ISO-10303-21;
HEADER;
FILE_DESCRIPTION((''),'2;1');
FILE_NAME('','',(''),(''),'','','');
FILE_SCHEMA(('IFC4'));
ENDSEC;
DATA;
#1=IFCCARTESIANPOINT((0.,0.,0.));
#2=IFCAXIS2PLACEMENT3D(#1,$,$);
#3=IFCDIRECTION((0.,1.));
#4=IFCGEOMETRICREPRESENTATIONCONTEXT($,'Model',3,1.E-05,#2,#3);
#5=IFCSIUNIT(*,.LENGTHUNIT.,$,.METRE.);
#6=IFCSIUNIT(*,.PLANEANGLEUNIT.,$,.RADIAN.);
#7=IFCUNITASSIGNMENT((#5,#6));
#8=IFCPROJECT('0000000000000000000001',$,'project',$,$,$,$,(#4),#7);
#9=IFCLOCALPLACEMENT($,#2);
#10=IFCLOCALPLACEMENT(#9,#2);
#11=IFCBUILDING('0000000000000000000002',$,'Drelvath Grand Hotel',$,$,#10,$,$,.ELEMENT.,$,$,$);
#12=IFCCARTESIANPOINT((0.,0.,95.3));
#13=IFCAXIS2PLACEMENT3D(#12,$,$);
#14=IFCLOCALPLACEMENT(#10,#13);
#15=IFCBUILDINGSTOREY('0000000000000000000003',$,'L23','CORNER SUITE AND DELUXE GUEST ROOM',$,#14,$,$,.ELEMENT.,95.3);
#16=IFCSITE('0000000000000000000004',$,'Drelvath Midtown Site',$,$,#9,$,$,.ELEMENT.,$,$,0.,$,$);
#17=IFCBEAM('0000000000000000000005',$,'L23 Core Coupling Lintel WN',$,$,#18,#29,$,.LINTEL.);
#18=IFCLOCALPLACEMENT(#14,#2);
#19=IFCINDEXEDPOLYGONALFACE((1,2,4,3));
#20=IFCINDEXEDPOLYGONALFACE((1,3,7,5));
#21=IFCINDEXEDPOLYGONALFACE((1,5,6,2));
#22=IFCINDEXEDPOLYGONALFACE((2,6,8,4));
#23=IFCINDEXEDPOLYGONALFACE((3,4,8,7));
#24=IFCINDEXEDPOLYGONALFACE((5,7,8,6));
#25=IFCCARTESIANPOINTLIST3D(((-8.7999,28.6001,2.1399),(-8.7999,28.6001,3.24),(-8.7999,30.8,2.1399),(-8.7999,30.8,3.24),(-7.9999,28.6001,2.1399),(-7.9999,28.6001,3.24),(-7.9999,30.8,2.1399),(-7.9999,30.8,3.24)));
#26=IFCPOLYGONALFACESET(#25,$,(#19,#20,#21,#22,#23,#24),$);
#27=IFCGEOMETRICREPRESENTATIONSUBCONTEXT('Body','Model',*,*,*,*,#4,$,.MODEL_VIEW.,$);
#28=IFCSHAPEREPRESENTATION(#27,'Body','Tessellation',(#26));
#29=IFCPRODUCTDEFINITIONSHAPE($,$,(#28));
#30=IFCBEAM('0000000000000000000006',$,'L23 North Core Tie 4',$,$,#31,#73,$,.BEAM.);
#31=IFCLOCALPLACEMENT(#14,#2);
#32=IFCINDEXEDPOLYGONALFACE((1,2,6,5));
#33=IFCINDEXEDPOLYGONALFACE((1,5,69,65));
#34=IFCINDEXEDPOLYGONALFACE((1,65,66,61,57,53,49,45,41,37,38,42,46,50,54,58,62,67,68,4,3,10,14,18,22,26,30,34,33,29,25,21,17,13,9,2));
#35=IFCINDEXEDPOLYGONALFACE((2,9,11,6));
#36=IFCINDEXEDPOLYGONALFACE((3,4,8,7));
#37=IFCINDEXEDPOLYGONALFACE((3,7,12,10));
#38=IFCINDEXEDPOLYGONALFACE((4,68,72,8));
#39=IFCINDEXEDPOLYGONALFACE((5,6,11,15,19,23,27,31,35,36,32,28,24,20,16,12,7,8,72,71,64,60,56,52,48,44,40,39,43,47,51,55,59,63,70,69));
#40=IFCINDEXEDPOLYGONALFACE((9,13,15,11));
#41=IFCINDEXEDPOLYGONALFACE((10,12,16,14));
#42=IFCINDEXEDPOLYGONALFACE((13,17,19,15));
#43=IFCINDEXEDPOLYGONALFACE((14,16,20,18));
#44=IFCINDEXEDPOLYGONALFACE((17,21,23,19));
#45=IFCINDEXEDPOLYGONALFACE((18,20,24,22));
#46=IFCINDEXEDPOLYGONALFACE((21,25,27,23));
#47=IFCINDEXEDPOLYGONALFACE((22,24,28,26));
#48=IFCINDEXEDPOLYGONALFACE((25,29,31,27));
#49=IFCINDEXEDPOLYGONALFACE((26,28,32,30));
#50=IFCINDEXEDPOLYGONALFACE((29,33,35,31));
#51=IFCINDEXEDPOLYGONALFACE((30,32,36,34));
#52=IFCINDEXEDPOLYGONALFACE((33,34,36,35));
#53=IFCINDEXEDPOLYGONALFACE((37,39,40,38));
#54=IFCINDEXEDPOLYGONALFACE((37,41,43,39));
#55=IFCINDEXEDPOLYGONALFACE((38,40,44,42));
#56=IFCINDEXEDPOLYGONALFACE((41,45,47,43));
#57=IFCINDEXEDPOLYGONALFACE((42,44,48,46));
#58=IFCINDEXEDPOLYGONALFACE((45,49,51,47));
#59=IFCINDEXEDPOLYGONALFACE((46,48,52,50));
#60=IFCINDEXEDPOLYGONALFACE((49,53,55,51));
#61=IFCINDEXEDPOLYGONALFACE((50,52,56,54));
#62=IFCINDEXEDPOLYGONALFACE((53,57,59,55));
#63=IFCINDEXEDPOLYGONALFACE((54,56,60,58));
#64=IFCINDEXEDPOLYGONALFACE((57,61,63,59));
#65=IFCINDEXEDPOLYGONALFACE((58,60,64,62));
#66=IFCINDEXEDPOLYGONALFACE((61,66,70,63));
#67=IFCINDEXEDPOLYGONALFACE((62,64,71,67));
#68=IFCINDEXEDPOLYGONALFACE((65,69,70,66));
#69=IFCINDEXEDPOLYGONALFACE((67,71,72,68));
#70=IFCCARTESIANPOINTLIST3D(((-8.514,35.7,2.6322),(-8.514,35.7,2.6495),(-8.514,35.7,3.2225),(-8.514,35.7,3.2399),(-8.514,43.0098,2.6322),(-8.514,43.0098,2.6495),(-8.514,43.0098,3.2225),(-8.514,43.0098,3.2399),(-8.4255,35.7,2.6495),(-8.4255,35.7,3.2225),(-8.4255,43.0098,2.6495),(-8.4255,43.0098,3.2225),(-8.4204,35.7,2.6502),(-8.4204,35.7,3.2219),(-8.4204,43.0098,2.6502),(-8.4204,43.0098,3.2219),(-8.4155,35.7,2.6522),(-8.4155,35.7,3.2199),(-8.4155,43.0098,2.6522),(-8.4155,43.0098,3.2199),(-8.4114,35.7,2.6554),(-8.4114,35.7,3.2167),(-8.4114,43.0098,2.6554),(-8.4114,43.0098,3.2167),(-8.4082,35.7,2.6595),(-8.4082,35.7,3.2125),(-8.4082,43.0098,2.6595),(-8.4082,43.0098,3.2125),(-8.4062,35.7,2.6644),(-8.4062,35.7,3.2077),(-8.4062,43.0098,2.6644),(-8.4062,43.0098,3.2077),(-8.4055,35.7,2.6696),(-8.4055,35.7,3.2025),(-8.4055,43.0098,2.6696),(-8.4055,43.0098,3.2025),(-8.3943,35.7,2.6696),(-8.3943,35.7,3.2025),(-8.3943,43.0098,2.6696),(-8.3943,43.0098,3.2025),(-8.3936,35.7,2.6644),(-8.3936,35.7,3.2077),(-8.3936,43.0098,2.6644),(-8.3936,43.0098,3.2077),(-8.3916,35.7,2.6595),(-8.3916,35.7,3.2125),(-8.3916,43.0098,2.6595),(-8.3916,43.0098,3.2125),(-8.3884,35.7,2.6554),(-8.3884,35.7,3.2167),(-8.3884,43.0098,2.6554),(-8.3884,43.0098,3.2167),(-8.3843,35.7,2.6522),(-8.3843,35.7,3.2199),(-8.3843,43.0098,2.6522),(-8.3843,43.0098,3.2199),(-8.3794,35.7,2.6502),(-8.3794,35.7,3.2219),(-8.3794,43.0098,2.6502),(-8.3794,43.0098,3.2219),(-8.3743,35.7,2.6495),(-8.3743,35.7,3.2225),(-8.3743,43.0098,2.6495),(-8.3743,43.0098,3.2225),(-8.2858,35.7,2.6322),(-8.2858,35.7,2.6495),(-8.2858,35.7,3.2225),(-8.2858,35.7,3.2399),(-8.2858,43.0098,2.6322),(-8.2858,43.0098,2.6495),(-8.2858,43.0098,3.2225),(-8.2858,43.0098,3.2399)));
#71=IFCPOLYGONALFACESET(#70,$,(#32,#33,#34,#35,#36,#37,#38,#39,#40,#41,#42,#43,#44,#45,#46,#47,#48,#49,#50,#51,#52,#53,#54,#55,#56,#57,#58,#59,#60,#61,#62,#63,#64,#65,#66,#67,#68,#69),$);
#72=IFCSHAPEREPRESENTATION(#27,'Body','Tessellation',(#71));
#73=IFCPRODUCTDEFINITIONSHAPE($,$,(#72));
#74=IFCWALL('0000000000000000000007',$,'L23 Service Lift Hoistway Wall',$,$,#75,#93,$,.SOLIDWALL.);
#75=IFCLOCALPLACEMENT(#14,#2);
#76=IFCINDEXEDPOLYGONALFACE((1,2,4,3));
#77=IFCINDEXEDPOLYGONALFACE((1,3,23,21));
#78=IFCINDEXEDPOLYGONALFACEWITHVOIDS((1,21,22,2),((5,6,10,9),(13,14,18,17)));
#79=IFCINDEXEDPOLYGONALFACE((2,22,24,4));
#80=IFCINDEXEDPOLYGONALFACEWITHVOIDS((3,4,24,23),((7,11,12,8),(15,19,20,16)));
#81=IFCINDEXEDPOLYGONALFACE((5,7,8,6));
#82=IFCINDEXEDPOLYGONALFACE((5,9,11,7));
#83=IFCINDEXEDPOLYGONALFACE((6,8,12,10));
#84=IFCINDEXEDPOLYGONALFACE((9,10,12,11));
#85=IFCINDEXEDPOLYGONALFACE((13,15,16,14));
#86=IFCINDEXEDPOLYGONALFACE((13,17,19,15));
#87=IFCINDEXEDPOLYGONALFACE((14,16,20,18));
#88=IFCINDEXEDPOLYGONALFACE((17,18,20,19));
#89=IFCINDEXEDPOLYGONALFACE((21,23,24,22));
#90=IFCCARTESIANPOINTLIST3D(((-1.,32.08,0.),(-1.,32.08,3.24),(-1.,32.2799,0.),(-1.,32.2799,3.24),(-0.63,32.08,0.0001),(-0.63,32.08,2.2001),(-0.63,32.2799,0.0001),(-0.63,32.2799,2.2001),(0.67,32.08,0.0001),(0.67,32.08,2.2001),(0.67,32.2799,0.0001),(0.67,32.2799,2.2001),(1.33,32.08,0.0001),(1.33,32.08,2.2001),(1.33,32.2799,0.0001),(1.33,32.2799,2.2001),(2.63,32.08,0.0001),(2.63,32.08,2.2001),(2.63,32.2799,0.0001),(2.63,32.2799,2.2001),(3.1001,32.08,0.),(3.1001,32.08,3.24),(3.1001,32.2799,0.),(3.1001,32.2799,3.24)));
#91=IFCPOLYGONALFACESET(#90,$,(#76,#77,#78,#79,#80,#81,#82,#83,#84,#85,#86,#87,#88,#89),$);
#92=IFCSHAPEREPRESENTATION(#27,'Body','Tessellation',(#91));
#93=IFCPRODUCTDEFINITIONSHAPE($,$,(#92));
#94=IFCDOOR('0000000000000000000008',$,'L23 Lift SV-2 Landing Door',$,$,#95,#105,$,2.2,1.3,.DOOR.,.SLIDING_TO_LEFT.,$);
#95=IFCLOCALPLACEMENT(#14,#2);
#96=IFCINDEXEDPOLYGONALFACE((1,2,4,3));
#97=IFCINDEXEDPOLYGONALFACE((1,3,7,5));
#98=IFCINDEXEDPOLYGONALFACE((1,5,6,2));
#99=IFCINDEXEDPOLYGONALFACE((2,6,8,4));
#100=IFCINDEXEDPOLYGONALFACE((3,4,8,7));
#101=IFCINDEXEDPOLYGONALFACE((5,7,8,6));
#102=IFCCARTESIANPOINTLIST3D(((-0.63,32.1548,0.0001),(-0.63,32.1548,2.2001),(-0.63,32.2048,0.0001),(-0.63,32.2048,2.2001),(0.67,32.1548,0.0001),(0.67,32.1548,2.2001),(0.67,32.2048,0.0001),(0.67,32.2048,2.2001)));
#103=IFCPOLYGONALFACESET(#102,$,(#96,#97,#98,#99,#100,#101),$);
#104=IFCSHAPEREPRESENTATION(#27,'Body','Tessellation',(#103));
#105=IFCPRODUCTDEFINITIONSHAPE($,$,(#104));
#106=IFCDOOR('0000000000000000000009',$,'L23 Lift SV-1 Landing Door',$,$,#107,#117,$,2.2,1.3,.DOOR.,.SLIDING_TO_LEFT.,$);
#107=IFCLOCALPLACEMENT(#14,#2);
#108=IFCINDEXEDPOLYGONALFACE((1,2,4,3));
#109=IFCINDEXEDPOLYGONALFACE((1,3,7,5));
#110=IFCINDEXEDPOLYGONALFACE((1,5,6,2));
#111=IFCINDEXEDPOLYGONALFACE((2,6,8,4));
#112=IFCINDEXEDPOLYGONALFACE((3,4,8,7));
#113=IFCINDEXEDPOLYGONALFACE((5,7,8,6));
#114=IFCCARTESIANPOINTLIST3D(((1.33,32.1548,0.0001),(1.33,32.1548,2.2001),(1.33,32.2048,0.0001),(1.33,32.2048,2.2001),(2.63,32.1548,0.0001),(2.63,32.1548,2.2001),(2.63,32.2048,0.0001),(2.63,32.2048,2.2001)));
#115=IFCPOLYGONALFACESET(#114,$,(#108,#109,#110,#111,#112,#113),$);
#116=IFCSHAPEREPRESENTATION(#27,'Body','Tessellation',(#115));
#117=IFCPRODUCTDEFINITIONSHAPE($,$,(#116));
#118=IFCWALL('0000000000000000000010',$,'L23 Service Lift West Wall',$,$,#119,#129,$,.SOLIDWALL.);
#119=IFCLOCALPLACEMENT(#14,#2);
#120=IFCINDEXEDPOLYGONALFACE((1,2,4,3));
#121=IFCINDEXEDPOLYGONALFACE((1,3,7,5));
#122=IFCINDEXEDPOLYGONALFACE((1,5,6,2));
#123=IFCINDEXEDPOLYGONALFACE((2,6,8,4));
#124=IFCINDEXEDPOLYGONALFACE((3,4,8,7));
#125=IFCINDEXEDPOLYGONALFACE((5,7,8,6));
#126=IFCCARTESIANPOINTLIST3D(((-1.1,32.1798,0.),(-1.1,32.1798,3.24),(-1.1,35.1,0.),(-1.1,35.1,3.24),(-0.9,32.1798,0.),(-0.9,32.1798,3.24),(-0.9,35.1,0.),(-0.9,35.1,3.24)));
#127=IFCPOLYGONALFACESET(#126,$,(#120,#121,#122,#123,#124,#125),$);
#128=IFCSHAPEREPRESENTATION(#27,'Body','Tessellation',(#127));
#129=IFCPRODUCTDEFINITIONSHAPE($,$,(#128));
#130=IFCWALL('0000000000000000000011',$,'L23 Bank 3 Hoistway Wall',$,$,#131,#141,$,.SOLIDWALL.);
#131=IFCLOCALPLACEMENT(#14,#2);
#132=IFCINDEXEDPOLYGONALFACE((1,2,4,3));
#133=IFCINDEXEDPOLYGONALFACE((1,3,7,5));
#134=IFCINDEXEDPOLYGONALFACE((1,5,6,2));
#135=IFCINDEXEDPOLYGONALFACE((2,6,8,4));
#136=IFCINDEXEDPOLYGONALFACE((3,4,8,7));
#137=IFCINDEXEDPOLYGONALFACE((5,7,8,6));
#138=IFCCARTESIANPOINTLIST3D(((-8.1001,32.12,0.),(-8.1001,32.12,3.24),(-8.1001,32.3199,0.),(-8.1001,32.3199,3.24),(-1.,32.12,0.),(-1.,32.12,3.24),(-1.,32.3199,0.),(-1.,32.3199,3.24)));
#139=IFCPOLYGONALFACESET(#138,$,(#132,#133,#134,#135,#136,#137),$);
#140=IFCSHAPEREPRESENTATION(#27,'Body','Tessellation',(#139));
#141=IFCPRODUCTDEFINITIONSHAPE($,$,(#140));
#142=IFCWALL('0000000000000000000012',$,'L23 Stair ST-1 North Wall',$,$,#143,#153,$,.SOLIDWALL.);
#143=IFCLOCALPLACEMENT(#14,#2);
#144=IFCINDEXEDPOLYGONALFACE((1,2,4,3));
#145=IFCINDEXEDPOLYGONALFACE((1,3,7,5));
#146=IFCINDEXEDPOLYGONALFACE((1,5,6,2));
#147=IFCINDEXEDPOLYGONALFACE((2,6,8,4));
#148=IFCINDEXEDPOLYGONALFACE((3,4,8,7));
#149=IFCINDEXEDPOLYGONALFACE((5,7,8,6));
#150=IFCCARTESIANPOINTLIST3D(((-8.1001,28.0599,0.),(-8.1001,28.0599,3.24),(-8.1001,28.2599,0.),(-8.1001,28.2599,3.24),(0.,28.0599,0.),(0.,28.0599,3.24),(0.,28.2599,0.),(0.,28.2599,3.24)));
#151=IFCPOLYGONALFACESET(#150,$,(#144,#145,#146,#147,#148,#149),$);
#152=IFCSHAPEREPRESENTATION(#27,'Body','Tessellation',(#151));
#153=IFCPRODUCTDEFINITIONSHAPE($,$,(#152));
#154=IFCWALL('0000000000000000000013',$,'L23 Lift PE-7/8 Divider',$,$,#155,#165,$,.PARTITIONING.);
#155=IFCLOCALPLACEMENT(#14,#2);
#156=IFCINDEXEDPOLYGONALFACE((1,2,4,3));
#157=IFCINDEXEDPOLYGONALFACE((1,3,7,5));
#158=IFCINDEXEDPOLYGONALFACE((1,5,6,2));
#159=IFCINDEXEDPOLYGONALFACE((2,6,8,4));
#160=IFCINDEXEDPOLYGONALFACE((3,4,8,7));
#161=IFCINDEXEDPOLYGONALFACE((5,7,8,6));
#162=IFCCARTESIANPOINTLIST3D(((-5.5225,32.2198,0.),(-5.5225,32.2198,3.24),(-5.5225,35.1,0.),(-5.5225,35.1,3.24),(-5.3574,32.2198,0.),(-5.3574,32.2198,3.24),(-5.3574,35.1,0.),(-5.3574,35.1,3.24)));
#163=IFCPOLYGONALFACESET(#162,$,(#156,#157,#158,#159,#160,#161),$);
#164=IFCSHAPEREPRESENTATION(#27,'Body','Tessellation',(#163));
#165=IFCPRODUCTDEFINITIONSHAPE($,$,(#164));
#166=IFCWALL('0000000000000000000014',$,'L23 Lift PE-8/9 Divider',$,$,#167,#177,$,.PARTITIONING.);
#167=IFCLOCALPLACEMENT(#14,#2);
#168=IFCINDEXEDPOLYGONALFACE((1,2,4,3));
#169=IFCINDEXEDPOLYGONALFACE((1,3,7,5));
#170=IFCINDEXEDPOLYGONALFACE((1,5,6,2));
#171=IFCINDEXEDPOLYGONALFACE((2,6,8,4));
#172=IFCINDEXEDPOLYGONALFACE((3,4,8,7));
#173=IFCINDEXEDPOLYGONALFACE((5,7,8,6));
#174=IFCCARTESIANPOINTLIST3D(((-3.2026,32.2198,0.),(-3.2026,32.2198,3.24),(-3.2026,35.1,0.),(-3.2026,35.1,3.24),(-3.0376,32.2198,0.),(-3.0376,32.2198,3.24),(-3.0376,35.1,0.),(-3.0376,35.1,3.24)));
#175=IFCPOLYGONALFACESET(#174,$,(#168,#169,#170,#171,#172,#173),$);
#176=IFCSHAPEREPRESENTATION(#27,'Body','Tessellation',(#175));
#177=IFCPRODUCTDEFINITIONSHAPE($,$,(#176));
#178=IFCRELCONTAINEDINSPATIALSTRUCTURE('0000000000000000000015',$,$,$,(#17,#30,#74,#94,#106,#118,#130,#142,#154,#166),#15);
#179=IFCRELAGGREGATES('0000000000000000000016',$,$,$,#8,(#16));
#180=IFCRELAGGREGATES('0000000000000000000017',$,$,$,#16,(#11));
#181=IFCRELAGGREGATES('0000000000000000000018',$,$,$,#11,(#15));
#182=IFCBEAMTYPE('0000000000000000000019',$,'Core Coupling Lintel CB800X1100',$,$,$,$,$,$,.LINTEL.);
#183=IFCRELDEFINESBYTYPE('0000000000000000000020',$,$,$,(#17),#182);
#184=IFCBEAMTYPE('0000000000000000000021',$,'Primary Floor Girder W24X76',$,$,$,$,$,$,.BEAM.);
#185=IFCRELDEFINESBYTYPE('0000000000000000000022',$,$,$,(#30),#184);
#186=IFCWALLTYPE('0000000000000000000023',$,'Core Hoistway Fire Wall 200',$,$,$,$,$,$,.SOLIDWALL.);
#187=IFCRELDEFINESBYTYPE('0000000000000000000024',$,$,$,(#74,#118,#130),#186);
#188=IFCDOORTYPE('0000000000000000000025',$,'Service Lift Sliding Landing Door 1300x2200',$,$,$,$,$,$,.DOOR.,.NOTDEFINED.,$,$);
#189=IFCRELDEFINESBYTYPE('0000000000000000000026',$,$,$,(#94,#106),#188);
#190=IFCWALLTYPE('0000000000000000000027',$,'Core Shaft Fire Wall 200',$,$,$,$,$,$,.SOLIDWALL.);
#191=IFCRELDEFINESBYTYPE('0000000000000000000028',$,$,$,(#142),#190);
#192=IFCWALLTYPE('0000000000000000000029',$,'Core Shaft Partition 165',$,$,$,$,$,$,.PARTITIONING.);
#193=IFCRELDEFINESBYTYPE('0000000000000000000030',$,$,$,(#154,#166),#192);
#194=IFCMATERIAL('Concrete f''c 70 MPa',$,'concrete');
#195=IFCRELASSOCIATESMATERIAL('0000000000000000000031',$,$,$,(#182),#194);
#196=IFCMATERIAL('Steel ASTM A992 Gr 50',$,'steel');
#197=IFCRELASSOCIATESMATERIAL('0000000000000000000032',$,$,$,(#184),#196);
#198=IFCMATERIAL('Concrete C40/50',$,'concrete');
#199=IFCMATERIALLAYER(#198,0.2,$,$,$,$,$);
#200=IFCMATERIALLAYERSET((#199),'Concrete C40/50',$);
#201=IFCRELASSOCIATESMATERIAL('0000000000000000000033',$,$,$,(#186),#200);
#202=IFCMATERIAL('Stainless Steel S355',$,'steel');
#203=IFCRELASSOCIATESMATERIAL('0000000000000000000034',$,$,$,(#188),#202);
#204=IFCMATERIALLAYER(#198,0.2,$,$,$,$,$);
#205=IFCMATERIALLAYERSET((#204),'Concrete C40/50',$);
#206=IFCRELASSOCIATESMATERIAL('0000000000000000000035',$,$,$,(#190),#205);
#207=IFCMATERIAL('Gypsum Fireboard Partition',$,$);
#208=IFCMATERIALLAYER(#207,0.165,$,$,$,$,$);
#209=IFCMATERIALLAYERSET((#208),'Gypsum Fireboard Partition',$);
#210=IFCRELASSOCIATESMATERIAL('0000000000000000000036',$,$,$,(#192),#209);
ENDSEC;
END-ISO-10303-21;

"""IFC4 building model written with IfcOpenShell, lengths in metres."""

from ifc_helpers import new_model, si_unit, direction, frame, frame_2d, origin, origin_2d, place, context, subcontext, project, spatial, rectangle, i_section, extrude, material, layer, layer_set, material_profile, profile_set, type_object, element, fill, save


model = new_model("IFC4")

# Units and contexts
model_context = context("Model", 3, precision=1e-05, world=origin(), true_north=direction((0.0, 1.0)))
body_context = subcontext(model_context, "Body", "Model", "MODEL_VIEW")
ifc_project = project(units=[si_unit("LENGTHUNIT", "METRE"), si_unit("PLANEANGLEUNIT", "RADIAN")], contexts=[model_context])

# Site, building, storey
site_placement = place(None, origin())
site = spatial("IfcSite", under=ifc_project, at=site_placement, Name="Drelvath Midtown Site", CompositionType="ELEMENT", RefElevation=0.0)
building_placement = place(site_placement, origin())
building = spatial("IfcBuilding", under=site, at=building_placement, Name="Drelvath Grand Hotel", CompositionType="ELEMENT")
storey_placement = place(building_placement, frame((0.0, 0.0, 95.3)))
storey = spatial("IfcBuildingStorey", under=building, at=storey_placement, Name="L23", Description="CORNER SUITE AND DELUXE GUEST ROOM", CompositionType="ELEMENT", Elevation=95.3)

# Beams
ifc_material_1 = material(Name="Concrete f'c 70 MPa", Category="concrete")
ifc_material_profile_1 = material_profile(ifc_material_1, rectangle(XDim=0.8, YDim=1.1001, at=origin_2d()), Name="CB800X1100")
ifc_profile_set_1 = profile_set([ifc_material_profile_1], Name="Concrete f'c 70 MPa")
beam_type_1 = type_object("IfcBeamType", Name="Core Coupling Lintel CB800X1100", PredefinedType="LINTEL", material=ifc_profile_set_1)
beam_1_placement = place(storey_placement, frame((-8.3999, 28.6001, 2.6899), z_axis=(0.0, 1.0, 0.0), x_axis=(-1.0, 0.0, 0.0)))
element("IfcBeam", 1, at=beam_1_placement, inside=storey, type_object=beam_type_1, Name="L23 Core Coupling Lintel WN", PredefinedType="LINTEL", context=body_context, shape_type="SweptSolid", body=[
    extrude(rectangle(XDim=0.8, YDim=1.1001, at=origin_2d()), origin(), (0.0, 0.0, 1.0), 2.2),
])
ifc_material_2 = material(Name="Steel ASTM A992 Gr 50", Category="steel")
ifc_material_profile_2 = material_profile(ifc_material_2, i_section(OverallWidth=0.2283, OverallDepth=0.6077, WebThickness=0.0112, FlangeThickness=0.0173, FilletRadius=0.02, at=origin_2d()), Name="W24X76")
ifc_profile_set_2 = profile_set([ifc_material_profile_2], Name="Steel ASTM A992 Gr 50")
beam_type_2 = type_object("IfcBeamType", Name="Primary Floor Girder W24X76", PredefinedType="BEAM", material=ifc_profile_set_2)
beam_2_placement = place(storey_placement, frame((-8.3999, 35.7, 2.936), z_axis=(0.0, 1.0, 0.0), x_axis=(-1.0, 0.0, 0.0)))
element("IfcBeam", 2, at=beam_2_placement, inside=storey, type_object=beam_type_2, Name="L23 North Core Tie 4", PredefinedType="BEAM", context=body_context, shape_type="SweptSolid", body=[
    extrude(i_section(OverallWidth=0.2283, OverallDepth=0.6077, WebThickness=0.0112, FlangeThickness=0.0173, FilletRadius=0.02, at=origin_2d()), origin(), (0.0, 0.0, 1.0), 7.3098),
])

# Wall, openings, doors
ifc_material_3 = material(Name="Concrete C40/50", Category="concrete")
ifc_layer_1 = layer(ifc_material_3, 0.2)
ifc_layer_set_1 = layer_set([ifc_layer_1], Name="Concrete C40/50")
wall_type_1 = type_object("IfcWallType", Name="Core Hoistway Fire Wall 200", PredefinedType="SOLIDWALL", material=ifc_layer_set_1)
wall_1_placement = place(storey_placement, frame((-1.0, 32.1799, 0.0), z_axis=(0.0, 0.0, 1.0), x_axis=(1.0, 0.0, 0.0)))
wall_1 = element("IfcWall", 3, at=wall_1_placement, inside=storey, type_object=wall_type_1, Name="L23 Service Lift Hoistway Wall", PredefinedType="SOLIDWALL", context=body_context, shape_type="SweptSolid", body=[
    extrude(rectangle(XDim=4.1001, YDim=0.2, at=frame_2d((2.05, 0.0))), origin(), (0.0, 0.0, 1.0), 3.24),
])
opening_1_placement = place(wall_1_placement, frame((0.3701, 0.0, 0.0)))
opening_1 = element("IfcOpeningElement", 4, at=opening_1_placement, cuts=wall_1, PredefinedType="OPENING", context=body_context, shape_type="SweptSolid", body=[
    extrude(rectangle(XDim=1.3, YDim=2.2, at=frame_2d((0.6499, 1.1001))), frame((0.0, 0.1099, 0.0), z_axis=(0.0, -1.0, 0.0), x_axis=(1.0, 0.0, 0.0)), (0.0, 0.0, 1.0), 0.22),
])
opening_2_placement = place(wall_1_placement, frame((2.3301, 0.0, 0.0)))
opening_2 = element("IfcOpeningElement", 5, at=opening_2_placement, cuts=wall_1, PredefinedType="OPENING", context=body_context, shape_type="SweptSolid", body=[
    extrude(rectangle(XDim=1.3, YDim=2.2, at=frame_2d((0.6499, 1.1001))), frame((0.0, 0.1099, 0.0), z_axis=(0.0, -1.0, 0.0), x_axis=(1.0, 0.0, 0.0)), (0.0, 0.0, 1.0), 0.22),
])
ifc_material_4 = material(Name="Stainless Steel S355", Category="steel")
door_type_1 = type_object("IfcDoorType", Name="Service Lift Sliding Landing Door 1300x2200", OperationType="NOTDEFINED", PredefinedType="DOOR", material=ifc_material_4)
door_1_placement = place(opening_1_placement, origin())
door_1 = element("IfcDoor", 6, at=door_1_placement, inside=storey, type_object=door_type_1, Name="L23 Lift SV-2 Landing Door", OperationType="SLIDING_TO_LEFT", OverallHeight=2.2, OverallWidth=1.3, PredefinedType="DOOR", context=body_context, shape_type="SweptSolid", body=[
    extrude(rectangle(XDim=1.3, YDim=2.2, at=frame_2d((0.6499, 1.1001))), frame((0.0, 0.0249, 0.0), z_axis=(0.0, -1.0, 0.0), x_axis=(1.0, 0.0, 0.0)), (0.0, 0.0, 1.0), 0.05),
])
fill(opening_1, door_1)
door_2_placement = place(opening_2_placement, origin())
door_2 = element("IfcDoor", 7, at=door_2_placement, inside=storey, type_object=door_type_1, Name="L23 Lift SV-1 Landing Door", OperationType="SLIDING_TO_LEFT", OverallHeight=2.2, OverallWidth=1.3, PredefinedType="DOOR", context=body_context, shape_type="SweptSolid", body=[
    extrude(rectangle(XDim=1.3, YDim=2.2, at=frame_2d((0.6499, 1.1001))), frame((0.0, 0.0249, 0.0), z_axis=(0.0, -1.0, 0.0), x_axis=(1.0, 0.0, 0.0)), (0.0, 0.0, 1.0), 0.05),
])
fill(opening_2, door_2)

# Walls
wall_2_placement = place(storey_placement, frame((-1.0, 32.1799, 0.0), z_axis=(0.0, 0.0, 1.0), x_axis=(0.0, 1.0, 0.0)))
element("IfcWall", 8, at=wall_2_placement, inside=storey, type_object=wall_type_1, Name="L23 Service Lift West Wall", PredefinedType="SOLIDWALL", context=body_context, shape_type="SweptSolid", body=[
    extrude(rectangle(XDim=2.9202, YDim=0.2, at=frame_2d((1.46, 0.0))), origin(), (0.0, 0.0, 1.0), 3.24),
])
wall_3_placement = place(storey_placement, frame((-8.1001, 32.22, 0.0), z_axis=(0.0, 0.0, 1.0), x_axis=(1.0, 0.0, 0.0)))
element("IfcWall", 9, at=wall_3_placement, inside=storey, type_object=wall_type_1, Name="L23 Bank 3 Hoistway Wall", PredefinedType="SOLIDWALL", context=body_context, shape_type="SweptSolid", body=[
    extrude(rectangle(XDim=7.1001, YDim=0.2, at=frame_2d((3.55, 0.0))), origin(), (0.0, 0.0, 1.0), 3.24),
])
ifc_layer_2 = layer(ifc_material_3, 0.2)
ifc_layer_set_2 = layer_set([ifc_layer_2], Name="Concrete C40/50")
wall_type_2 = type_object("IfcWallType", Name="Core Shaft Fire Wall 200", PredefinedType="SOLIDWALL", material=ifc_layer_set_2)
wall_4_placement = place(storey_placement, frame((-8.1001, 28.1599, 0.0), z_axis=(0.0, 0.0, 1.0), x_axis=(1.0, 0.0, 0.0)))
element("IfcWall", 10, at=wall_4_placement, inside=storey, type_object=wall_type_2, Name="L23 Stair ST-1 North Wall", PredefinedType="SOLIDWALL", context=body_context, shape_type="SweptSolid", body=[
    extrude(rectangle(XDim=8.1001, YDim=0.2, at=frame_2d((4.05, 0.0))), origin(), (0.0, 0.0, 1.0), 3.24),
])
ifc_material_5 = material(Name="Gypsum Fireboard Partition")
ifc_layer_3 = layer(ifc_material_5, 0.165)
ifc_layer_set_3 = layer_set([ifc_layer_3], Name="Gypsum Fireboard Partition")
wall_type_3 = type_object("IfcWallType", Name="Core Shaft Partition 165", PredefinedType="PARTITIONING", material=ifc_layer_set_3)
for number, where, z_axis, x_axis, name in (
    (11, (-5.4399, 32.22, 0.0), (0.0, 0.0, 1.0), (0.0, 1.0, 0.0), "L23 Lift PE-7/8 Divider"),
    (12, (-3.1201, 32.22, 0.0), (0.0, 0.0, 1.0), (0.0, 1.0, 0.0), "L23 Lift PE-8/9 Divider"),
):
    element("IfcWall", number, at=place(storey_placement, frame(where, z_axis=z_axis, x_axis=x_axis)), inside=storey, type_object=wall_type_3, Name=name, PredefinedType="PARTITIONING", context=body_context, shape_type="SweptSolid", body=[
        extrude(rectangle(XDim=2.8801, YDim=0.165, at=frame_2d((1.4399, 0.0))), origin(), (0.0, 0.0, 1.0), 3.24),
    ])

save(model, "model.ifc")
